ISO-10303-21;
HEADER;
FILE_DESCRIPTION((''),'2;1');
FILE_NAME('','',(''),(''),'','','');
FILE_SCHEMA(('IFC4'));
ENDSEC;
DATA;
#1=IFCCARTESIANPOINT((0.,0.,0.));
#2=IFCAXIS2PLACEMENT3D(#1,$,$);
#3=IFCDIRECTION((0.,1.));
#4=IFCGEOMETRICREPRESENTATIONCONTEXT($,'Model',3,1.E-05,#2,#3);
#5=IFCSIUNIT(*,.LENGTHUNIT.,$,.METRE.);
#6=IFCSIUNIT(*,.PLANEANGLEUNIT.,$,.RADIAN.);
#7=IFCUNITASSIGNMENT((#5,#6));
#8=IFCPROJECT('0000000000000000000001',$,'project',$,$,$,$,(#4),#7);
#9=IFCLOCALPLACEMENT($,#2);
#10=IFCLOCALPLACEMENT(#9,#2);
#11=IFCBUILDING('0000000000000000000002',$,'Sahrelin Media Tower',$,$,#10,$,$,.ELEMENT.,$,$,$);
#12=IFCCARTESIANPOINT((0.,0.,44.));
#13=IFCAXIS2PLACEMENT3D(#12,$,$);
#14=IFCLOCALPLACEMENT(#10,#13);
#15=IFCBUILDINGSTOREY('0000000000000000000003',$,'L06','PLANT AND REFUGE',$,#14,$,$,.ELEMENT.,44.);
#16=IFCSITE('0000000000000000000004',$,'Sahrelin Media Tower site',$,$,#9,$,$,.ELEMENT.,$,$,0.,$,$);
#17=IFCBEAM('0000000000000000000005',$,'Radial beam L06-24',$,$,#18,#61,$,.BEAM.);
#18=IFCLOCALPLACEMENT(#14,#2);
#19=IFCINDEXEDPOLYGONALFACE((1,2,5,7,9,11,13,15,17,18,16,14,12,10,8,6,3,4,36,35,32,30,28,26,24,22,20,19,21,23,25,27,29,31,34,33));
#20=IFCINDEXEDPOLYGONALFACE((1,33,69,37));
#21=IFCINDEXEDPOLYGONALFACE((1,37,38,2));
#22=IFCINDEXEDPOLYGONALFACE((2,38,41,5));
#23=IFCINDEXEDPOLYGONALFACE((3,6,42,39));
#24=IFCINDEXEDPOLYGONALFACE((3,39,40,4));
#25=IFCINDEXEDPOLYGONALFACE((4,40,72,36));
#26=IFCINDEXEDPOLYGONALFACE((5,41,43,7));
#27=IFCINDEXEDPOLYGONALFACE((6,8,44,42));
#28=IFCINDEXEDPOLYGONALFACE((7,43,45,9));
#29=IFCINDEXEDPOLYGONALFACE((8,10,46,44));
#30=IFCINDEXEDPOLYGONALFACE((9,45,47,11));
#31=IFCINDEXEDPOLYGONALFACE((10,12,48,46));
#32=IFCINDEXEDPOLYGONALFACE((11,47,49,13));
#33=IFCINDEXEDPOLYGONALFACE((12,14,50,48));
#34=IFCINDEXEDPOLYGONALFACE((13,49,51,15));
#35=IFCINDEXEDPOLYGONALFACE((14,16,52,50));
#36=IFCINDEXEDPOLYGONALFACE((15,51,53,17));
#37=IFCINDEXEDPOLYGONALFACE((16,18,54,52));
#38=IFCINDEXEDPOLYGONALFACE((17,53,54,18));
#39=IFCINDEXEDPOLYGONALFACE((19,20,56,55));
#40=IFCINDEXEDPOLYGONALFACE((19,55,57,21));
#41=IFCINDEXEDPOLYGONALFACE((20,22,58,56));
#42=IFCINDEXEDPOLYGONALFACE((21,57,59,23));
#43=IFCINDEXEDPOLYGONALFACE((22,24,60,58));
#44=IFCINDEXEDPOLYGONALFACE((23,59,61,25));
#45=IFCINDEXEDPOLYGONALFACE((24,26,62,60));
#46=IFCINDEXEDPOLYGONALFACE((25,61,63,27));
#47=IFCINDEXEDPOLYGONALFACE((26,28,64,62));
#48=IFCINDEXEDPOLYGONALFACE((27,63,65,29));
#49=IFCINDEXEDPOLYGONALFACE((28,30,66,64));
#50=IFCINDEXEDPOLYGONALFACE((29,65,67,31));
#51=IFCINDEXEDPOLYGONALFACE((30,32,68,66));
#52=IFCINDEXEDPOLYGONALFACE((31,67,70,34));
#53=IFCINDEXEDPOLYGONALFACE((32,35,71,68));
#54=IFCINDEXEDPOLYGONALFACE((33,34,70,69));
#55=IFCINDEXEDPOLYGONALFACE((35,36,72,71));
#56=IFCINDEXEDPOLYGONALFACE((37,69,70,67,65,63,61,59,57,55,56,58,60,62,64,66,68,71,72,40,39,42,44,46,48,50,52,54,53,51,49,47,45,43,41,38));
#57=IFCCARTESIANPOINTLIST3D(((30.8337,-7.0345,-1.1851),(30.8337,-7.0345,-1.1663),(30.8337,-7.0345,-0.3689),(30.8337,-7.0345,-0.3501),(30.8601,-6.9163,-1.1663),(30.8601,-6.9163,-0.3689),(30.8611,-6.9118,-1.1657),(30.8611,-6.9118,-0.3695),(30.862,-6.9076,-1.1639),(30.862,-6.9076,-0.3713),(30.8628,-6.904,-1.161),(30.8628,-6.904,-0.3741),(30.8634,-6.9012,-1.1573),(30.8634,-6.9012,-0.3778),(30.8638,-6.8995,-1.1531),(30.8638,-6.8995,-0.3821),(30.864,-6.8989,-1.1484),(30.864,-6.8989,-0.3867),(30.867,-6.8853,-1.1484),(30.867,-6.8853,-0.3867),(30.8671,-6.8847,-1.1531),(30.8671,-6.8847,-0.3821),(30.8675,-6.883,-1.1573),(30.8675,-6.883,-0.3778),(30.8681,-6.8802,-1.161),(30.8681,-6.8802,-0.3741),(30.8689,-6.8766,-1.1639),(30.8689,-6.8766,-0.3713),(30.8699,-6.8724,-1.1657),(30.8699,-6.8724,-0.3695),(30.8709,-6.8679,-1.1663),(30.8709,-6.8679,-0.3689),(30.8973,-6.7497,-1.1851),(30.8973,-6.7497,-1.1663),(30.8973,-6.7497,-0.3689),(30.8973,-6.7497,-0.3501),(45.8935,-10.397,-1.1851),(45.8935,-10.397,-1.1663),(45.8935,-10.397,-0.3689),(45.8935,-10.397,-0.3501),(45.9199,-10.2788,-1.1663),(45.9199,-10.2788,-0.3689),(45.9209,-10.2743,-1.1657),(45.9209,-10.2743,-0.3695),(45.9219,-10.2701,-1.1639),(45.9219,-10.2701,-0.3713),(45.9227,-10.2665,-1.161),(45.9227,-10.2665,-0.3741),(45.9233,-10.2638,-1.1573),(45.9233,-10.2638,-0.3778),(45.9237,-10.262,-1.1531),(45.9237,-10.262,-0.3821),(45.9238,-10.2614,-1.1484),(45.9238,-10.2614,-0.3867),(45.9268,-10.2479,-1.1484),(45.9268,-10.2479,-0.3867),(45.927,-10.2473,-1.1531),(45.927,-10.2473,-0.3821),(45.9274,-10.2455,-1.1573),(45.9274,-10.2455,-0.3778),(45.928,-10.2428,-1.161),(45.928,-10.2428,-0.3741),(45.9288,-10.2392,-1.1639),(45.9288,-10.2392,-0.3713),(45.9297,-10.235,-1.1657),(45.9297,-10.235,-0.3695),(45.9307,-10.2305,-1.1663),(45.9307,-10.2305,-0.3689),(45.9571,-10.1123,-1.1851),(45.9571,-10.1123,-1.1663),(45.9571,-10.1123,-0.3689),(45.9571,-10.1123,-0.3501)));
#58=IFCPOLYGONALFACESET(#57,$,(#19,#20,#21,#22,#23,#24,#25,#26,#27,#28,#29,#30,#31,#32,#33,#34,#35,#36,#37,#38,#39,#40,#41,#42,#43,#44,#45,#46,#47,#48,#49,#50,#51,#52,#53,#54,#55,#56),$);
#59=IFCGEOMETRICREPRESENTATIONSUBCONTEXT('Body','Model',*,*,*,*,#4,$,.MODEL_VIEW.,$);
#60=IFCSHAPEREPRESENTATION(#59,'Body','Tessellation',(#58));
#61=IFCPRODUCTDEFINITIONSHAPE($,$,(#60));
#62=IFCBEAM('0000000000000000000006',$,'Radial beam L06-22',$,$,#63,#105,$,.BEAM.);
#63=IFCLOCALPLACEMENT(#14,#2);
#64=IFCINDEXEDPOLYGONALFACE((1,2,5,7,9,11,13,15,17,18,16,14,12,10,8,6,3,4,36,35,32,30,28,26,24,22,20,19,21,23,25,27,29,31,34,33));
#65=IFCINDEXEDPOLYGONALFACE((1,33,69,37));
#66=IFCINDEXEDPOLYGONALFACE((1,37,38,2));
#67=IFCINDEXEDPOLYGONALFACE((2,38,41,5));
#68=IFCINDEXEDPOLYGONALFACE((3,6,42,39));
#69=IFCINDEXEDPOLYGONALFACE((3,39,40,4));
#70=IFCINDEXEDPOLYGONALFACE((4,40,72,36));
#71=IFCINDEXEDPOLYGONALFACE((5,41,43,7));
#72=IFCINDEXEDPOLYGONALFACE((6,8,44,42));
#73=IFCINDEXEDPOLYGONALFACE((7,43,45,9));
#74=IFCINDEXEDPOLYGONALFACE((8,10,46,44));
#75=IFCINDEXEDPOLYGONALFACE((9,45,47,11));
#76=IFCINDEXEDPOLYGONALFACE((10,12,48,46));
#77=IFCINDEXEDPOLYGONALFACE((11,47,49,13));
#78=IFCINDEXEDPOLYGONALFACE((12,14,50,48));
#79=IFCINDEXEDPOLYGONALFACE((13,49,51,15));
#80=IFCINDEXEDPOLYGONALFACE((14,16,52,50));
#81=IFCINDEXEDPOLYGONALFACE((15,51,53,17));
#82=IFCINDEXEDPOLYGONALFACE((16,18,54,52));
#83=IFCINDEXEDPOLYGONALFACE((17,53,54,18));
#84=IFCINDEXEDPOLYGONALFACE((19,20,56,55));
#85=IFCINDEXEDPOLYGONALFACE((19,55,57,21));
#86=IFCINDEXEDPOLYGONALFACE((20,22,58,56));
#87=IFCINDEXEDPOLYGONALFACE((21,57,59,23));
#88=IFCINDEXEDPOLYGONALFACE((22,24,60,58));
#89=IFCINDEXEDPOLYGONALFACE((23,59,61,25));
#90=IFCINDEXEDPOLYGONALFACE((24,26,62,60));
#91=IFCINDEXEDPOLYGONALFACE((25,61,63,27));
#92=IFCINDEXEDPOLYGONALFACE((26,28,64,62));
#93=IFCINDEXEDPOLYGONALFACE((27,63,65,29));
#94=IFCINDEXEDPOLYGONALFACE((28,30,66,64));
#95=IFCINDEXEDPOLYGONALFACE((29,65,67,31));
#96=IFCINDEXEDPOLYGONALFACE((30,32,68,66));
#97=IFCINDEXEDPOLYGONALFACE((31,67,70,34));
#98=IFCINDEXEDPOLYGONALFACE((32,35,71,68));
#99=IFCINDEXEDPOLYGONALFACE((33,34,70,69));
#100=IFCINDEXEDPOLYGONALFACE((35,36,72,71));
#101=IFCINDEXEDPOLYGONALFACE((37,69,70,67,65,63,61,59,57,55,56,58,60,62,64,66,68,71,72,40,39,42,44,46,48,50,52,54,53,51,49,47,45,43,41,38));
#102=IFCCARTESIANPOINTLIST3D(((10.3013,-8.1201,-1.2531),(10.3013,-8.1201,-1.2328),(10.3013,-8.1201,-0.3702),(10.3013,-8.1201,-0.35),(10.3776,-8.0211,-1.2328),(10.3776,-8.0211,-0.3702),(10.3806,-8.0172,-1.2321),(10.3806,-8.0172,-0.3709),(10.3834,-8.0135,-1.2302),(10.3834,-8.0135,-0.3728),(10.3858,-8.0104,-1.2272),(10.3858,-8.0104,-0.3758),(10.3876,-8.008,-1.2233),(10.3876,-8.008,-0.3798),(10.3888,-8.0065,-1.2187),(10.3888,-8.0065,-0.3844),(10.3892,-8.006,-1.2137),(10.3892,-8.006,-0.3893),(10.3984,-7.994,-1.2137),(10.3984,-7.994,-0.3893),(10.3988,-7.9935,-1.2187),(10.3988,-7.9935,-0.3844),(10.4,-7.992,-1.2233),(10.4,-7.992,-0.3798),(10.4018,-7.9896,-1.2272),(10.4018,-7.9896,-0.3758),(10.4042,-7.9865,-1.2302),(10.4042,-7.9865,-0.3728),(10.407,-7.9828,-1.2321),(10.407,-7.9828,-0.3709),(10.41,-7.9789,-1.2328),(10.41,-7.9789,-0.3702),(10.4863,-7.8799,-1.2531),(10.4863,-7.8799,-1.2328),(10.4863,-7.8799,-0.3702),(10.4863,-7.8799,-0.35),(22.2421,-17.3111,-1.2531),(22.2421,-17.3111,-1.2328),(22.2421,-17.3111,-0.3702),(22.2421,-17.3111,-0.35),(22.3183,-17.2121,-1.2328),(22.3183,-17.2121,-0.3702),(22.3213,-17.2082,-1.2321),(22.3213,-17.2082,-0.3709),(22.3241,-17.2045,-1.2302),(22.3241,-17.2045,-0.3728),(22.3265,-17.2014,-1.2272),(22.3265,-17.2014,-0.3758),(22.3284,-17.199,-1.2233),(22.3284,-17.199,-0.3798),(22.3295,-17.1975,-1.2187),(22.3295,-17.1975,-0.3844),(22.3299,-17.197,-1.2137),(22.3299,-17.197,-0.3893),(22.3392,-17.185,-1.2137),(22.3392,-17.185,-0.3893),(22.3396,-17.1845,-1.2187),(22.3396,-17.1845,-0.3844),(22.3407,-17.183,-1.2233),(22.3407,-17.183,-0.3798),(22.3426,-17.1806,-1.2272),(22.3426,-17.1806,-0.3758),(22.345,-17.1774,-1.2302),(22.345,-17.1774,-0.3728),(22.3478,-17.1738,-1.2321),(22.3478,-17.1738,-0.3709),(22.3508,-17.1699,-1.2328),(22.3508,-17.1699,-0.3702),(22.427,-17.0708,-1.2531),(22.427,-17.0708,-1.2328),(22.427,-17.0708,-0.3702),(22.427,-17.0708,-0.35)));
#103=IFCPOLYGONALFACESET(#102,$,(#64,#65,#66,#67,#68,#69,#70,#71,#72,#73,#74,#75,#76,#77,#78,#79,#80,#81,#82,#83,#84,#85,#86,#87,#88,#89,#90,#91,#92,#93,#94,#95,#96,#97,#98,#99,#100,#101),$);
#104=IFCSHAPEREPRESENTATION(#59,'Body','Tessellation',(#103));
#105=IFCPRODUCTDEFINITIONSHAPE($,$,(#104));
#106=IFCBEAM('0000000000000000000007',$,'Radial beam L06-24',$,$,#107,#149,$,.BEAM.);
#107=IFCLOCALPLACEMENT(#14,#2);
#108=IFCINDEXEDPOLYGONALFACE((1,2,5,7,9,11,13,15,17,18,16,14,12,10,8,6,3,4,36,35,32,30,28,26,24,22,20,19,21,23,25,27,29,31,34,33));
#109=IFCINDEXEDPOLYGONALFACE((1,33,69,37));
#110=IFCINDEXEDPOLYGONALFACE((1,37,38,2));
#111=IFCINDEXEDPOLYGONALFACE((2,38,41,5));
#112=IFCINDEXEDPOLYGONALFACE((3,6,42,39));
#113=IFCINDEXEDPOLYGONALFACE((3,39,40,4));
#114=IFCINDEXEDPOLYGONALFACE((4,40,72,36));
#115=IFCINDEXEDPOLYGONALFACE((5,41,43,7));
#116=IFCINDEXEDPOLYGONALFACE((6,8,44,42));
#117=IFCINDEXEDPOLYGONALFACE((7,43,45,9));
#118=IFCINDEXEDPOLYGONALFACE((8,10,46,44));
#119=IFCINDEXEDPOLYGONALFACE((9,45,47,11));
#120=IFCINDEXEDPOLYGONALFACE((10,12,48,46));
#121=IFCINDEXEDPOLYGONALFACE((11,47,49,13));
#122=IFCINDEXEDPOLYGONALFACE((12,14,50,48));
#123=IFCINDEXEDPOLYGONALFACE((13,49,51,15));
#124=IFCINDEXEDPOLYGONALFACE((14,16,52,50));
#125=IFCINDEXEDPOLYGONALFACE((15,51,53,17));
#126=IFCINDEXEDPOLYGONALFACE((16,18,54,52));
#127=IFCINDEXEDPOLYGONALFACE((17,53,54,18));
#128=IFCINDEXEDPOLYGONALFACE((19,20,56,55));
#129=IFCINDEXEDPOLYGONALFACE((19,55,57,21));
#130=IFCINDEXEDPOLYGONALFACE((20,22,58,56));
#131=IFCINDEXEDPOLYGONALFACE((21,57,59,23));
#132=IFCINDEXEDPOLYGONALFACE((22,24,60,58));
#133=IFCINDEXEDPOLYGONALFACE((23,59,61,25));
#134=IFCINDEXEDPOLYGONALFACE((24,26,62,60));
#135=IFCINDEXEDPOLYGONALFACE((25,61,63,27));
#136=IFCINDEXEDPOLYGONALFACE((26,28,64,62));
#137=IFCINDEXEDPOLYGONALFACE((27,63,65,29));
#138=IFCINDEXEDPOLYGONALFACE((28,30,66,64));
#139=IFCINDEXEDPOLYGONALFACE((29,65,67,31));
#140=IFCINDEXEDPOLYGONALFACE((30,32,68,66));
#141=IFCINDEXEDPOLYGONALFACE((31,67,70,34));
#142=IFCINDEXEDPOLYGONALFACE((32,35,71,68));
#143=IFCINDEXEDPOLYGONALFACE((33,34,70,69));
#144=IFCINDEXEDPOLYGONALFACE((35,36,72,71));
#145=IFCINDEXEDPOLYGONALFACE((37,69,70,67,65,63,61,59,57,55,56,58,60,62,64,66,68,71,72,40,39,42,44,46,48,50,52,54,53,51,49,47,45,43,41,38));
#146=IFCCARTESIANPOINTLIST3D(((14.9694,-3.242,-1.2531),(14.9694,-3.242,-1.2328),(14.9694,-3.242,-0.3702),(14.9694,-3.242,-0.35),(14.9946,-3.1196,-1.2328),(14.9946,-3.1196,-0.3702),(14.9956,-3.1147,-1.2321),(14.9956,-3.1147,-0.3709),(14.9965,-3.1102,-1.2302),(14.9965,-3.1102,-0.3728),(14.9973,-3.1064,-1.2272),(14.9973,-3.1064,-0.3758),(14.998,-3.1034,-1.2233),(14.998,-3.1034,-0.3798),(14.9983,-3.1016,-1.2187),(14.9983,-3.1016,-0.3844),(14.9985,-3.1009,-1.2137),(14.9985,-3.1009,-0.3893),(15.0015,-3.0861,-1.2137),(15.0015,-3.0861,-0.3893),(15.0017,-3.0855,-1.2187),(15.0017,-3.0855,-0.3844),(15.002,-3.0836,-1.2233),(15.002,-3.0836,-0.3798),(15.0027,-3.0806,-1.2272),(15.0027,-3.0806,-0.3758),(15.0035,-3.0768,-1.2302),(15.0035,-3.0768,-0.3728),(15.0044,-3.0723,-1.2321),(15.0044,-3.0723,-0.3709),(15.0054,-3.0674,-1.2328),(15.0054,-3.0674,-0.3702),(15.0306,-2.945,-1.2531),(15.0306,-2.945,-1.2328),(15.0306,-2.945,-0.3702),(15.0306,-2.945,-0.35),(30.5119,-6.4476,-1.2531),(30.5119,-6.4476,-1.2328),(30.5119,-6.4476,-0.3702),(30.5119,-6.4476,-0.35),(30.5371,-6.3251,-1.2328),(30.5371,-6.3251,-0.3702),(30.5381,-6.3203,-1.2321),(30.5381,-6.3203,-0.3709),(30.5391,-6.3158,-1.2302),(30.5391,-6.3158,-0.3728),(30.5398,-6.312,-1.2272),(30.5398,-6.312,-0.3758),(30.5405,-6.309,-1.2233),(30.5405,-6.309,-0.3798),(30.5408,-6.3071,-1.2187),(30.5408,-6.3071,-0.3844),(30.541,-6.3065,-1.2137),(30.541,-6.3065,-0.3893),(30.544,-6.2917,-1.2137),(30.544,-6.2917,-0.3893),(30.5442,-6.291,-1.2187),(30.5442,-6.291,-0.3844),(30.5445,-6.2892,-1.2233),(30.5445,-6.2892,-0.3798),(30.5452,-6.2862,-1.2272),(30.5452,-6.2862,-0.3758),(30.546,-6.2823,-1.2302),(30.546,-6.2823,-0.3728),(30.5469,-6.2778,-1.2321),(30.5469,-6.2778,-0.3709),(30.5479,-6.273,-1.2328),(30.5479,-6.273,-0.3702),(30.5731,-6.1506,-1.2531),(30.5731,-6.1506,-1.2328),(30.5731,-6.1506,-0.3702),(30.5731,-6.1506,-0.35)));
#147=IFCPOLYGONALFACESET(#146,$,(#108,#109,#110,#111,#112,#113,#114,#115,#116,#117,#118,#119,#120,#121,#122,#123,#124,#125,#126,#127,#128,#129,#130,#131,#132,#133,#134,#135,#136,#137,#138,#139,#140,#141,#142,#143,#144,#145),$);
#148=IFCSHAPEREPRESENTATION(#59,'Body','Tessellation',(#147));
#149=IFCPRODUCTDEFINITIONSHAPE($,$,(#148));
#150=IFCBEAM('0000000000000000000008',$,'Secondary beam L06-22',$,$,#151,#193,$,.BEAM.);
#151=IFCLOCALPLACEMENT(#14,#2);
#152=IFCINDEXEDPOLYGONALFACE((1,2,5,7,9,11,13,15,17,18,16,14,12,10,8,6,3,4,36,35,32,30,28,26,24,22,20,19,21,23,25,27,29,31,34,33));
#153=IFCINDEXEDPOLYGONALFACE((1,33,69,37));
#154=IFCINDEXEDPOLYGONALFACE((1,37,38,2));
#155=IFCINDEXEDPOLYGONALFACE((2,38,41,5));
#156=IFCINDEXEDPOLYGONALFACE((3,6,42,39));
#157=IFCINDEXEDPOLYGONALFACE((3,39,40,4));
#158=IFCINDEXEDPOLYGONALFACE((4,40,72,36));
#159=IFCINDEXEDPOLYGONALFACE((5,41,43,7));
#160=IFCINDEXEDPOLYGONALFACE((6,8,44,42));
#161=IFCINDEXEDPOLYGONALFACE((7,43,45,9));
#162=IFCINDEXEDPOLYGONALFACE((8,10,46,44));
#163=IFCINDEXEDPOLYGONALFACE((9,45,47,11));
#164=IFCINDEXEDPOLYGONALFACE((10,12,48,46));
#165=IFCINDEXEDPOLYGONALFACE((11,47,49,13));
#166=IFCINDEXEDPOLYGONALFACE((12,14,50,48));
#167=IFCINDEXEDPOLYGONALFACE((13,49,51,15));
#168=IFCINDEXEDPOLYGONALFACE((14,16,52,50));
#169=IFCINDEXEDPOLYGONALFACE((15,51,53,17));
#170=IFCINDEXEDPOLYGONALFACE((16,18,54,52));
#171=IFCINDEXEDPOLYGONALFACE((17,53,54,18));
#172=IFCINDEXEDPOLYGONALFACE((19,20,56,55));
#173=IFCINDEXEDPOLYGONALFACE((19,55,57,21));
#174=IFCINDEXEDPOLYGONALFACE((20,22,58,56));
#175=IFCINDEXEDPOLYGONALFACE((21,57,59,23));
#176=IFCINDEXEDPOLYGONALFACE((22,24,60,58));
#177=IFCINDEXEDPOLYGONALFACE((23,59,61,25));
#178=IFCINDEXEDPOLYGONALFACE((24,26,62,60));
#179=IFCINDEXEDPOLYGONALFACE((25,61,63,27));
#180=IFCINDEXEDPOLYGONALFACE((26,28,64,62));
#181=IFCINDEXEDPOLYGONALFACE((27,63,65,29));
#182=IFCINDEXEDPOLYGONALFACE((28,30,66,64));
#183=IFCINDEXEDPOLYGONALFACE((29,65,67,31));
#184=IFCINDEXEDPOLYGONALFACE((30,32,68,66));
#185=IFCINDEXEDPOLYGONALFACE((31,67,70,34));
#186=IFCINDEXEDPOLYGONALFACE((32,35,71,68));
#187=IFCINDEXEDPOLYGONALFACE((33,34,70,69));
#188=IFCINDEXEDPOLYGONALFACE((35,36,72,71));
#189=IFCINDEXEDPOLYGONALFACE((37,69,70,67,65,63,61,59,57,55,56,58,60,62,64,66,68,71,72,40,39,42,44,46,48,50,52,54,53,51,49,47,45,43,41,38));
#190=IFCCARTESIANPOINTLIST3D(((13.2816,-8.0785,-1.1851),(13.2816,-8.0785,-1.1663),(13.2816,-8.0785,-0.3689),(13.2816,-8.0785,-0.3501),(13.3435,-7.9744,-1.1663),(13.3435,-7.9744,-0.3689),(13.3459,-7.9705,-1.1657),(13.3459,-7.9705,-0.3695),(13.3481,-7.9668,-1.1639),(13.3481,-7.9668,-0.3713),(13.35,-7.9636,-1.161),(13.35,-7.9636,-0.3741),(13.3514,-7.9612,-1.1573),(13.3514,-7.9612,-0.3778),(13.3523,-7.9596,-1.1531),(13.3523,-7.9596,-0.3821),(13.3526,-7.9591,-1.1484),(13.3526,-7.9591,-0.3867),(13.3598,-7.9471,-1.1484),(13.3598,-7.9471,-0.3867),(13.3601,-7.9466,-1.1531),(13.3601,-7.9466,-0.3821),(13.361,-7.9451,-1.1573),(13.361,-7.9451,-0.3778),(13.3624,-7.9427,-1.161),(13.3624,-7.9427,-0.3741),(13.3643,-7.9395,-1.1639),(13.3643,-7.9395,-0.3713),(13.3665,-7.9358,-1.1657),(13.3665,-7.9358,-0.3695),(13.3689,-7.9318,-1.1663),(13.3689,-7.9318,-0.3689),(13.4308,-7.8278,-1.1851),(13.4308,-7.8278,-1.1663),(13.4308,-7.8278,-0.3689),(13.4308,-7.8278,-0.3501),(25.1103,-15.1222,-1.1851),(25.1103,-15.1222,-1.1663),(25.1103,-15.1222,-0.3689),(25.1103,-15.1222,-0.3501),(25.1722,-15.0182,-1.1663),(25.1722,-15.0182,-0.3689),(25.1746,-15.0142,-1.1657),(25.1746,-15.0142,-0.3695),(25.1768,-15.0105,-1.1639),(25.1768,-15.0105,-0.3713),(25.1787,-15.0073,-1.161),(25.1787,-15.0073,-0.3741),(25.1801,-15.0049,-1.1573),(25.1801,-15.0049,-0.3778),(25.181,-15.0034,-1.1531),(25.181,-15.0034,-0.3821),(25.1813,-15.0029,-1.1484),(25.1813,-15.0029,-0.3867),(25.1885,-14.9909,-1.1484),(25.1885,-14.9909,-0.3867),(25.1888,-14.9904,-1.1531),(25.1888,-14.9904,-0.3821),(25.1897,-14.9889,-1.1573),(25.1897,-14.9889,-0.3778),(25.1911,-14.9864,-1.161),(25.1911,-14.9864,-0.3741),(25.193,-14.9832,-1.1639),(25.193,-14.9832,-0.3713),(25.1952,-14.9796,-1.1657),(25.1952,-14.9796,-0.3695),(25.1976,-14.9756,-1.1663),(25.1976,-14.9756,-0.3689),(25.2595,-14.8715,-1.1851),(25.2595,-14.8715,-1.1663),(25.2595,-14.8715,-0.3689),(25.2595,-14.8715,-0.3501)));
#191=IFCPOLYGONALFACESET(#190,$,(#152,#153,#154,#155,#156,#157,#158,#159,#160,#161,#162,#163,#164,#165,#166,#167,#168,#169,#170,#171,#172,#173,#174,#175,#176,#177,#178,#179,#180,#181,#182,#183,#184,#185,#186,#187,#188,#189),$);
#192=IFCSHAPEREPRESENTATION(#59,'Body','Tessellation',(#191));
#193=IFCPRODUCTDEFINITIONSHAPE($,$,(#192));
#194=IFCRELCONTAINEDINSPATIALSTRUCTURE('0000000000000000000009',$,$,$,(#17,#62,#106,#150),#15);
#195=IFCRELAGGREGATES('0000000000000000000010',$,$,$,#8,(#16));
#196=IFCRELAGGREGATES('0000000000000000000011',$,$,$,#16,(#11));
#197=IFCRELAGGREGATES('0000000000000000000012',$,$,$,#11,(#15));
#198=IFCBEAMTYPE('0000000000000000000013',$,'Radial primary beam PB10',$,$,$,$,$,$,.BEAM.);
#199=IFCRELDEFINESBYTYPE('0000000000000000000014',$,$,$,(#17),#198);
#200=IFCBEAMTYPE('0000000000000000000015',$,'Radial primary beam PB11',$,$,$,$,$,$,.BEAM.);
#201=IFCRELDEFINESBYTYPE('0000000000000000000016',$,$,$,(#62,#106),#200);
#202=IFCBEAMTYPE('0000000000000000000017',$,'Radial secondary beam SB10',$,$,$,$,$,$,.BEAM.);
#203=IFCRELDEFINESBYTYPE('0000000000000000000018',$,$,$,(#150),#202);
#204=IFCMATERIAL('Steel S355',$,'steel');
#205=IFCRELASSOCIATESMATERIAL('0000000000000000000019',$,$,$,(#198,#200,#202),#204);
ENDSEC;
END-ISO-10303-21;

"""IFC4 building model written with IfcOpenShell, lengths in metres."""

from ifc_helpers import new_model, si_unit, direction, frame, origin, origin_2d, place, context, subcontext, project, spatial, i_section, extrude, material, material_profile, profile_set, type_object, element, save


model = new_model("IFC4")

# Units and contexts
model_context = context("Model", 3, precision=1e-05, world=origin(), true_north=direction((0.0, 1.0)))
body_context = subcontext(model_context, "Body", "Model", "MODEL_VIEW")
ifc_project = project(units=[si_unit("LENGTHUNIT", "METRE"), si_unit("PLANEANGLEUNIT", "RADIAN")], contexts=[model_context])

# Site, building, storey
site_placement = place(None, origin())
site = spatial("IfcSite", under=ifc_project, at=site_placement, Name="Sahrelin Media Tower site", CompositionType="ELEMENT", RefElevation=0.0)
building_placement = place(site_placement, origin())
building = spatial("IfcBuilding", under=site, at=building_placement, Name="Sahrelin Media Tower", CompositionType="ELEMENT")
storey_placement = place(building_placement, frame((0.0, 0.0, 44.0)))
storey = spatial("IfcBuildingStorey", under=building, at=storey_placement, Name="L06", Description="PLANT AND REFUGE", CompositionType="ELEMENT", Elevation=44.0)

# Beams
ifc_material_1 = material(Name="Steel S355", Category="steel")
ifc_material_profile_1 = material_profile(ifc_material_1, i_section(OverallWidth=0.2917, OverallDepth=0.835, WebThickness=0.0139, FlangeThickness=0.0188, FilletRadius=0.0178, at=origin_2d()), Name="UB 838x292x176")
ifc_profile_set_1 = profile_set([ifc_material_profile_1], Name="Steel S355")
beam_type_1 = type_object("IfcBeamType", Name="Radial primary beam PB10", PredefinedType="BEAM", material=ifc_profile_set_1)
beam_1_placement = place(storey_placement, frame((30.8655, -6.8921, -0.7676), z_axis=(0.975968, -0.217914, 0.0), x_axis=(0.217914, 0.975968, 0.0)))
element("IfcBeam", 1, at=beam_1_placement, inside=storey, type_object=beam_type_1, Name="Radial beam L06-24", PredefinedType="BEAM", context=body_context, shape_type="SweptSolid", body=[
    extrude(i_section(OverallWidth=0.2917, OverallDepth=0.835, WebThickness=0.0139, FlangeThickness=0.0188, FilletRadius=0.0178, at=origin_2d()), origin(), (0.0, 0.0, 1.0), 15.4307),
])
ifc_material_profile_2 = material_profile(ifc_material_1, i_section(OverallWidth=0.3032, OverallDepth=0.9031, WebThickness=0.0151, FlangeThickness=0.0203, FilletRadius=0.019, at=origin_2d()), Name="UB 914x305x201")
ifc_profile_set_2 = profile_set([ifc_material_profile_2], Name="Steel S355")
beam_type_2 = type_object("IfcBeamType", Name="Radial primary beam PB11", PredefinedType="BEAM", material=ifc_profile_set_2)
beam_2_placement = place(storey_placement, frame((10.3938, -8.0, -0.8015), z_axis=(0.792438, -0.609952, 0.0), x_axis=(0.609952, 0.792438, 0.0)))
element("IfcBeam", 2, at=beam_2_placement, inside=storey, type_object=beam_type_2, Name="Radial beam L06-22", PredefinedType="BEAM", context=body_context, shape_type="SweptSolid", body=[
    extrude(i_section(OverallWidth=0.3032, OverallDepth=0.9031, WebThickness=0.0151, FlangeThickness=0.0203, FilletRadius=0.019, at=origin_2d()), origin(), (0.0, 0.0, 1.0), 15.0684),
])
beam_3_placement = place(storey_placement, frame((15.0, -3.0935, -0.8015), z_axis=(0.979387, -0.201994, 0.0), x_axis=(0.201994, 0.979387, 0.0)))
element("IfcBeam", 3, at=beam_3_placement, inside=storey, type_object=beam_type_2, Name="Radial beam L06-24", PredefinedType="BEAM", context=body_context, shape_type="SweptSolid", body=[
    extrude(i_section(OverallWidth=0.3032, OverallDepth=0.9031, WebThickness=0.0151, FlangeThickness=0.0203, FilletRadius=0.019, at=origin_2d()), origin(), (0.0, 0.0, 1.0), 15.8696),
])
ifc_material_profile_3 = material_profile(ifc_material_1, i_section(OverallWidth=0.2917, OverallDepth=0.835, WebThickness=0.0139, FlangeThickness=0.0188, FilletRadius=0.0178, at=origin_2d()), Name="UB 838x292x176")
ifc_profile_set_3 = profile_set([ifc_material_profile_3], Name="Steel S355")
beam_type_3 = type_object("IfcBeamType", Name="Radial secondary beam SB10", PredefinedType="BEAM", material=ifc_profile_set_3)
beam_4_placement = place(storey_placement, frame((13.3562, -7.9531, -0.7676), z_axis=(0.859202, -0.511637, 0.0), x_axis=(0.511637, 0.859202, 0.0)))
element("IfcBeam", 4, at=beam_4_placement, inside=storey, type_object=beam_type_3, Name="Secondary beam L06-22", PredefinedType="BEAM", context=body_context, shape_type="SweptSolid", body=[
    extrude(i_section(OverallWidth=0.2917, OverallDepth=0.835, WebThickness=0.0139, FlangeThickness=0.0188, FilletRadius=0.0178, at=origin_2d()), origin(), (0.0, 0.0, 1.0), 13.7671),
])

save(model, "model.ifc")
